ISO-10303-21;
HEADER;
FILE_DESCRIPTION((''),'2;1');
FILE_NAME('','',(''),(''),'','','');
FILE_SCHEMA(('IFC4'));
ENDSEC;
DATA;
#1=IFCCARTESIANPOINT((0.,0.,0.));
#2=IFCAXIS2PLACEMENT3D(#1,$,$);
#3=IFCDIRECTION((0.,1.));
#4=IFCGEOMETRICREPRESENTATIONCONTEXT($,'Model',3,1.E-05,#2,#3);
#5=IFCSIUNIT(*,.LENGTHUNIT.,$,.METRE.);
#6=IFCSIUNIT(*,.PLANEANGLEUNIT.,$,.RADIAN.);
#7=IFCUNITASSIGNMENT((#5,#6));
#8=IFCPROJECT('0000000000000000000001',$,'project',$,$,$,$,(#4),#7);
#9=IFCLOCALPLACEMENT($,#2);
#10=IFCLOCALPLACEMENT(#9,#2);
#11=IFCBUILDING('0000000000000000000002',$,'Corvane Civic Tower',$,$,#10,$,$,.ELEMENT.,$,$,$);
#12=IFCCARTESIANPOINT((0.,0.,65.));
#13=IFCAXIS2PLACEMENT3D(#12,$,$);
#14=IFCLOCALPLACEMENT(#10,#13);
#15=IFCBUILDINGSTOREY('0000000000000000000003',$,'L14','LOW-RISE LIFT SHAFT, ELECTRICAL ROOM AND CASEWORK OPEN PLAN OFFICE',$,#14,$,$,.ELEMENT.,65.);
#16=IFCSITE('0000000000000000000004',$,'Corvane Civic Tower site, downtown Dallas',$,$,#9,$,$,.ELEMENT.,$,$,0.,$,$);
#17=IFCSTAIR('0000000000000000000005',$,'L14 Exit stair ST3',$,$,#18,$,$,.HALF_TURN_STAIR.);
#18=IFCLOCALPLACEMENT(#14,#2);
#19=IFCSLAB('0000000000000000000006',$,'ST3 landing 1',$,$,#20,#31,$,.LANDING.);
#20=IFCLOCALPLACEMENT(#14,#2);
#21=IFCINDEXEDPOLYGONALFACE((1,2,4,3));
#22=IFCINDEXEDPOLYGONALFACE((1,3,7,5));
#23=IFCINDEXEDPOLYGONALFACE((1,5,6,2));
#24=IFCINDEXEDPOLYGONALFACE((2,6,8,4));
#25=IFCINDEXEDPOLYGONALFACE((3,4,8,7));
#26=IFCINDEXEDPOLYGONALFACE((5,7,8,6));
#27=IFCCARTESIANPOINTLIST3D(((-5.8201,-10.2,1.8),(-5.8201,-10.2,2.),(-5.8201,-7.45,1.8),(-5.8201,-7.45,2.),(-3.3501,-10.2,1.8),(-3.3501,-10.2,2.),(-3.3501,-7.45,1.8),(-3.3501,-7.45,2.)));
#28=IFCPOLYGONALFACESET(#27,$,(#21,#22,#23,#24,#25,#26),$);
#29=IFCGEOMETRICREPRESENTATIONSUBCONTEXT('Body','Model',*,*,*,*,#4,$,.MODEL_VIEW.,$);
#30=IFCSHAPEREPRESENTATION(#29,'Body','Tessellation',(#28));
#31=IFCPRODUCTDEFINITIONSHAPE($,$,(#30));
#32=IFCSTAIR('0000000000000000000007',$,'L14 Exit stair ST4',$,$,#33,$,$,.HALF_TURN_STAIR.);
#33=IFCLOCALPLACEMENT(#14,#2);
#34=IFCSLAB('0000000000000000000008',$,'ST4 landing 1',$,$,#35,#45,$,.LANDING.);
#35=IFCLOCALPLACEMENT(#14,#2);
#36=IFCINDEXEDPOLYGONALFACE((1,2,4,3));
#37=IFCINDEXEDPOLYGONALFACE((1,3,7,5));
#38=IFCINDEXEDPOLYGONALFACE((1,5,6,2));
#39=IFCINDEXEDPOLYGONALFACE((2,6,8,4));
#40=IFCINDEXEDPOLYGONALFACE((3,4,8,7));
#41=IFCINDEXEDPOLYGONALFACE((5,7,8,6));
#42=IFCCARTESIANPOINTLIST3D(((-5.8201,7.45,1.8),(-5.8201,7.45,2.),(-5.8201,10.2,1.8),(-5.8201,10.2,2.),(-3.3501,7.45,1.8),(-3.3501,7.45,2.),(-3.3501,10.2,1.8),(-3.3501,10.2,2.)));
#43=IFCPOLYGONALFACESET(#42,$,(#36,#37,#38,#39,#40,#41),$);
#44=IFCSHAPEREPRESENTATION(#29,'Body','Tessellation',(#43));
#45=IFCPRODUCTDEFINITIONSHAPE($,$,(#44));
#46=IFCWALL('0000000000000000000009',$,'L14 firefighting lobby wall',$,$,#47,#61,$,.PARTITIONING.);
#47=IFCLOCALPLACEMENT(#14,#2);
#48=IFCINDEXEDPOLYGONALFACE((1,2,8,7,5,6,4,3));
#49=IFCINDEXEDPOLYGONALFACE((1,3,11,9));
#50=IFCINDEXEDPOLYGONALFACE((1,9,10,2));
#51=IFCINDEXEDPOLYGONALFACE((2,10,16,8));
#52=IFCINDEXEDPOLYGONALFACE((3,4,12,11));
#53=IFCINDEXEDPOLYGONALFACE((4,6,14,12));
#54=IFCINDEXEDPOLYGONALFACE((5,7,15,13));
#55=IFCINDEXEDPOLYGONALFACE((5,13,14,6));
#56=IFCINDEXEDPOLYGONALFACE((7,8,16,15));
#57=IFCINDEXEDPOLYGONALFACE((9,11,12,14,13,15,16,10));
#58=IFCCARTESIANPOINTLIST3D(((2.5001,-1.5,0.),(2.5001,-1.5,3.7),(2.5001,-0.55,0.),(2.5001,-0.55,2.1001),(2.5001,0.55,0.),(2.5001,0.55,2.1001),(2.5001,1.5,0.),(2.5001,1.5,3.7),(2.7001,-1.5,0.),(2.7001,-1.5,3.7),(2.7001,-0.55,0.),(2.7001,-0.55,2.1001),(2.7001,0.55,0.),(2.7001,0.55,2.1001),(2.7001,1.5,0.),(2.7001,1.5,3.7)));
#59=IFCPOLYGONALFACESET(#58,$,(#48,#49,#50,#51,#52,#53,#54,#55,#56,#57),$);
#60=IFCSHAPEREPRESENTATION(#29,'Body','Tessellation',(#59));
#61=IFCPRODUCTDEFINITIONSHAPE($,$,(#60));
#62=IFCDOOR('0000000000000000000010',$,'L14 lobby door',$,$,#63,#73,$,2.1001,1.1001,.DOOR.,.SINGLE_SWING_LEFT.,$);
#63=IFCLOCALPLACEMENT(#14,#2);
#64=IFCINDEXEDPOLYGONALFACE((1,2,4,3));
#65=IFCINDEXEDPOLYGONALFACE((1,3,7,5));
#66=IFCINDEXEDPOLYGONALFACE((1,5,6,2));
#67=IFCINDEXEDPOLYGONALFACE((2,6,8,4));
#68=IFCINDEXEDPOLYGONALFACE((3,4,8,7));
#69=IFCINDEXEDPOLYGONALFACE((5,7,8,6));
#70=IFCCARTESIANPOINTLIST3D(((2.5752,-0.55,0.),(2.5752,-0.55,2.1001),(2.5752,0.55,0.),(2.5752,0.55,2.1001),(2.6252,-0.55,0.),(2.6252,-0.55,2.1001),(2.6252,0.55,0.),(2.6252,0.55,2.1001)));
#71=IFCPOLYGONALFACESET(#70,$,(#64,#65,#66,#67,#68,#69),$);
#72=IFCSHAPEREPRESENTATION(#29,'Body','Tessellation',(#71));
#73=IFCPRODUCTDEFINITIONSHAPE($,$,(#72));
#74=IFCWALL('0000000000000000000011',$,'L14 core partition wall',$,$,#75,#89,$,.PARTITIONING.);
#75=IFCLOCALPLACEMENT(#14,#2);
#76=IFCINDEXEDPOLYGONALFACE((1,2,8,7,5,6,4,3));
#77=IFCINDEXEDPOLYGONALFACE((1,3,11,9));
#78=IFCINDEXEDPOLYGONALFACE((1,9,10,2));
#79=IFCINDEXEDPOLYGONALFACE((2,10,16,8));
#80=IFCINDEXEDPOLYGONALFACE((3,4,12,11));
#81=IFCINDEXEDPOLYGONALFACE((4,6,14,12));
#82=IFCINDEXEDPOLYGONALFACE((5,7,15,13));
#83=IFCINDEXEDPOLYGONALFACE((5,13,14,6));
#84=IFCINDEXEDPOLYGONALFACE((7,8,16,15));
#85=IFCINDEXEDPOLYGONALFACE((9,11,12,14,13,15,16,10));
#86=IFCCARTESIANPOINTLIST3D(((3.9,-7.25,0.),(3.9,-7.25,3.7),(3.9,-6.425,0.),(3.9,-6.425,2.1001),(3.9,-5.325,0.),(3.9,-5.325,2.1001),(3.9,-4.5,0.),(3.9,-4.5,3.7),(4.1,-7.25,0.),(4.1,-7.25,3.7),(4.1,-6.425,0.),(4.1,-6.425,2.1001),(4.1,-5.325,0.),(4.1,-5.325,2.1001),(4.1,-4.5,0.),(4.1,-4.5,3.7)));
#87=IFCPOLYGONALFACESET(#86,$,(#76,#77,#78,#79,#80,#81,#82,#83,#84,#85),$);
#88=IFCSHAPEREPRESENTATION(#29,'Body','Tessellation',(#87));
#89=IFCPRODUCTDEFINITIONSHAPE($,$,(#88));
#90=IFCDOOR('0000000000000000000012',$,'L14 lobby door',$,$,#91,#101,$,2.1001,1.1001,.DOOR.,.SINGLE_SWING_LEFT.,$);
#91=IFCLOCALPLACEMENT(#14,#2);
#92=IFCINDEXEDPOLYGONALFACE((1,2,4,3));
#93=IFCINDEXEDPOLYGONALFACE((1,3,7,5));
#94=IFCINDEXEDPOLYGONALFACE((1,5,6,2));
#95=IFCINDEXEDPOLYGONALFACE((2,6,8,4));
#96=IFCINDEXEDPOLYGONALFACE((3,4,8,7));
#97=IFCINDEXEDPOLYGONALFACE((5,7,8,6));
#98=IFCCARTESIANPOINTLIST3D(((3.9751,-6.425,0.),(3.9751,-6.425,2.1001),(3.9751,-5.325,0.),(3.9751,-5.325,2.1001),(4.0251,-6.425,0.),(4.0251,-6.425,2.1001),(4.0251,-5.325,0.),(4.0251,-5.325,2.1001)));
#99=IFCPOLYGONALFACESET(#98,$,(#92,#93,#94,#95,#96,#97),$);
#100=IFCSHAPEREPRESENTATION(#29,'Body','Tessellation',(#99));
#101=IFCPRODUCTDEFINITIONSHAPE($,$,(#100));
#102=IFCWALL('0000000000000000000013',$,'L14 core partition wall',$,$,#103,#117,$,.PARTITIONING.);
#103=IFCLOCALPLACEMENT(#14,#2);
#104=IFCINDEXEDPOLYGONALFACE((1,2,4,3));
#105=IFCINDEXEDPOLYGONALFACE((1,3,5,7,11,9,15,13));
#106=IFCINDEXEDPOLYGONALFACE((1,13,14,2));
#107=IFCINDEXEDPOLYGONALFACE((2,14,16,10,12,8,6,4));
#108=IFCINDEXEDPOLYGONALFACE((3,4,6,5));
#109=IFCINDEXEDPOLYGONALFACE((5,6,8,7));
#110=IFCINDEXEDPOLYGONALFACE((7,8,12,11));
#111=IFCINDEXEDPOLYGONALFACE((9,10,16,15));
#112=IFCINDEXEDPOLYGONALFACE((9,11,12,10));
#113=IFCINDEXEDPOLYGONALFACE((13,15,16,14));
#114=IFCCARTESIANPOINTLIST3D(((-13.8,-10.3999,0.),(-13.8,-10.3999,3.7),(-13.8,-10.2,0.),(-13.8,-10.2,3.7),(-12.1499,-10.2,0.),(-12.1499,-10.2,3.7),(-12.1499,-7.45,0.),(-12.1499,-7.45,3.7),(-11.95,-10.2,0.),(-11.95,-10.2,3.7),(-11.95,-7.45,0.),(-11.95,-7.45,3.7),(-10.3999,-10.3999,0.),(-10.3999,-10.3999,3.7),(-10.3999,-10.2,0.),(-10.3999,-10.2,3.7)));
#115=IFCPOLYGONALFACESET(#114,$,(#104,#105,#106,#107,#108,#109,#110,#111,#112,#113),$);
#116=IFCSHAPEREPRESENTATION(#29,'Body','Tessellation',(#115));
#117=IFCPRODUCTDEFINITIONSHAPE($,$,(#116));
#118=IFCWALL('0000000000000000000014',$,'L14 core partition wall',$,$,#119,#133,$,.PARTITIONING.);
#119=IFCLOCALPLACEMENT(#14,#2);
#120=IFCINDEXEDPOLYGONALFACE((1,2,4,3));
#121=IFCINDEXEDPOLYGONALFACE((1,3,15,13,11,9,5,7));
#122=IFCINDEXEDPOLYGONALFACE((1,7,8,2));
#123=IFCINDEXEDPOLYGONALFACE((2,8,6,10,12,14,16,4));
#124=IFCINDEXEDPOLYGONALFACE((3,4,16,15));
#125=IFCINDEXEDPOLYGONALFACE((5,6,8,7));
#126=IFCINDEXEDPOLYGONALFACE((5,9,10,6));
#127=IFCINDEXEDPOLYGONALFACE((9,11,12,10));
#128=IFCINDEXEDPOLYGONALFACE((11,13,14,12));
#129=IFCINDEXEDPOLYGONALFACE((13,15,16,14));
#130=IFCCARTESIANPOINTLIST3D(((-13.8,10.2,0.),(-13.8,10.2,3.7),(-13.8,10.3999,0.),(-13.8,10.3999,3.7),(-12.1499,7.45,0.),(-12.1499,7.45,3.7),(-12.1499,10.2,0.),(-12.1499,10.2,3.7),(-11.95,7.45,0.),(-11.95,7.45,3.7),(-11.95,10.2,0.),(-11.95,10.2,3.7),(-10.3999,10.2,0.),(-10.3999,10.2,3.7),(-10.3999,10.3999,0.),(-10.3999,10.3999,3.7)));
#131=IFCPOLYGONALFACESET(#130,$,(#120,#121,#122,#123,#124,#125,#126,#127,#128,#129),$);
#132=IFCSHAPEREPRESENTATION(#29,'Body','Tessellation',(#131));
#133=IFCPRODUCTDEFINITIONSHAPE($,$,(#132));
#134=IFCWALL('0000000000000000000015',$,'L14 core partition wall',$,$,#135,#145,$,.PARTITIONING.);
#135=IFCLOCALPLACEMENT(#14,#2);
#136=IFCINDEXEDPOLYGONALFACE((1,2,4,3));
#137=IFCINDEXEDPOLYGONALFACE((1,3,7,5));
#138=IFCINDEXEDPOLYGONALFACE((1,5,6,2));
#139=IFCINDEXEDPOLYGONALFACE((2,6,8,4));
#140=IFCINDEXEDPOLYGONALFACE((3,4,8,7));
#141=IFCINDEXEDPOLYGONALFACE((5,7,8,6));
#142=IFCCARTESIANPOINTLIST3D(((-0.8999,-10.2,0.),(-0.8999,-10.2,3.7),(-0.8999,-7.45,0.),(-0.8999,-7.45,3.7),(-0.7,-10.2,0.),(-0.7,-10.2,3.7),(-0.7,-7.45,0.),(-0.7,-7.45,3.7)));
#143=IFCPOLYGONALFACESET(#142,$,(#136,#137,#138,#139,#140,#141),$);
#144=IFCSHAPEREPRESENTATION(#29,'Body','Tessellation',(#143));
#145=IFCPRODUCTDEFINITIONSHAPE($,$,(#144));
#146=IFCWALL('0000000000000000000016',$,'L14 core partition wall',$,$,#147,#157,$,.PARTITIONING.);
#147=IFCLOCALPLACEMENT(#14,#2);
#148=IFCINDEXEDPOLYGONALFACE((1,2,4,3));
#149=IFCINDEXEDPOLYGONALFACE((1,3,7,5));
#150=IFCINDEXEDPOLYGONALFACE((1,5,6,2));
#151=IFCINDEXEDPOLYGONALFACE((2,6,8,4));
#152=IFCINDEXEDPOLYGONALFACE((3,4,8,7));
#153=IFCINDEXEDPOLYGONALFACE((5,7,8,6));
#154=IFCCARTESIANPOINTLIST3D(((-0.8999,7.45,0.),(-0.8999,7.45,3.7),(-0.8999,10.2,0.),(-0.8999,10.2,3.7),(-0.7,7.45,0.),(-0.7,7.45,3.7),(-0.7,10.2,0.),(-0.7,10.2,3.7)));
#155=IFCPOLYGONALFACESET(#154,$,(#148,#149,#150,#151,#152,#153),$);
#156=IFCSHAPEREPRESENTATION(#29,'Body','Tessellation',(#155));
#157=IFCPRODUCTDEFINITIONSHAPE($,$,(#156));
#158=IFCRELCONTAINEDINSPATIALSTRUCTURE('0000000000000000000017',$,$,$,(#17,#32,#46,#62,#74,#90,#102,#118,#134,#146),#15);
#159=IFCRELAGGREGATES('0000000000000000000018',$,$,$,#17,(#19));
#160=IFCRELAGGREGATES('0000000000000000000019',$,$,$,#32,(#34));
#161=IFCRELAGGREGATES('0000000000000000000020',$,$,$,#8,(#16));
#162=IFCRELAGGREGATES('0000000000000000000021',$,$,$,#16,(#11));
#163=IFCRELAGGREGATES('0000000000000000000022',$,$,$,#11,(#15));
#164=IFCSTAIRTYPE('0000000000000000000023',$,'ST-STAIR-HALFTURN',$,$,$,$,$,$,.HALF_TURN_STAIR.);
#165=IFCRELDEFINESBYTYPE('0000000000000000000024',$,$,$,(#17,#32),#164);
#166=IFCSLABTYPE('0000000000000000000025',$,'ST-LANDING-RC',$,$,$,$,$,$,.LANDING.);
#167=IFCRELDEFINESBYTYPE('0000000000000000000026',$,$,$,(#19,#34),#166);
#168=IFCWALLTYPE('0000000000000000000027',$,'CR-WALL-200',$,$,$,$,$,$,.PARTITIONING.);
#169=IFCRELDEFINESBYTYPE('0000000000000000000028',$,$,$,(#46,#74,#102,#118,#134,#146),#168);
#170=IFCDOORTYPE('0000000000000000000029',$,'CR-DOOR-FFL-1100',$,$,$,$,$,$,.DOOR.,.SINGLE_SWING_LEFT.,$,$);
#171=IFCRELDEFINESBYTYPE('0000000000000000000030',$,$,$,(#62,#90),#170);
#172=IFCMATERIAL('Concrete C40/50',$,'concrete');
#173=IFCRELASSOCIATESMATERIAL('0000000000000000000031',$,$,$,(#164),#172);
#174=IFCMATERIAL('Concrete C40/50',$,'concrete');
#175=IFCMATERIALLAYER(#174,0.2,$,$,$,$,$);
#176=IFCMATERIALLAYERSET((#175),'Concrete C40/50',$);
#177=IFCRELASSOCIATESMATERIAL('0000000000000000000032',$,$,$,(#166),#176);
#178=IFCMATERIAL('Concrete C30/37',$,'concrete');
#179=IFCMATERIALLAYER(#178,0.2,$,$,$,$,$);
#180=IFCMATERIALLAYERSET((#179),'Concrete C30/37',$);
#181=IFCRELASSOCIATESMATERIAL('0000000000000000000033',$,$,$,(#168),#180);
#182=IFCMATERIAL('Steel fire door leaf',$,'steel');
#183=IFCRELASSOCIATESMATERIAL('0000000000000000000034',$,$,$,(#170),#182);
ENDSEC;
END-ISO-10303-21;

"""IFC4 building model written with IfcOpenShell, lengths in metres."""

from ifc_helpers import new_model, si_unit, direction, frame, frame_2d, origin, place, context, subcontext, project, spatial, polyline, rectangle, outline, extrude, material, layer, layer_set, type_object, element, fill, aggregate, save


model = new_model("IFC4")

# Units and contexts
model_context = context("Model", 3, precision=1e-05, world=origin(), true_north=direction((0.0, 1.0)))
body_context = subcontext(model_context, "Body", "Model", "MODEL_VIEW")
ifc_project = project(units=[si_unit("LENGTHUNIT", "METRE"), si_unit("PLANEANGLEUNIT", "RADIAN")], contexts=[model_context])

# Site, building, storey
site_placement = place(None, origin())
site = spatial("IfcSite", under=ifc_project, at=site_placement, Name="Corvane Civic Tower site, downtown Dallas", CompositionType="ELEMENT", RefElevation=0.0)
building_placement = place(site_placement, origin())
building = spatial("IfcBuilding", under=site, at=building_placement, Name="Corvane Civic Tower", CompositionType="ELEMENT")
storey_placement = place(building_placement, frame((0.0, 0.0, 65.0)))
storey = spatial("IfcBuildingStorey", under=building, at=storey_placement, Name="L14", Description="LOW-RISE LIFT SHAFT, ELECTRICAL ROOM AND CASEWORK OPEN PLAN OFFICE", CompositionType="ELEMENT", Elevation=65.0)

# Stairs, slabs
ifc_material_1 = material(Name="Concrete C40/50", Category="concrete")
stair_type = type_object("IfcStairType", Name="ST-STAIR-HALFTURN", PredefinedType="HALF_TURN_STAIR", material=ifc_material_1)
stair_1_placement = place(storey_placement, origin())
stair_1 = element("IfcStair", 1, at=stair_1_placement, inside=storey, type_object=stair_type, Name="L14 Exit stair ST3", PredefinedType="HALF_TURN_STAIR")
ifc_material_2 = material(Name="Concrete C40/50", Category="concrete")
ifc_layer_1 = layer(ifc_material_2, 0.2)
ifc_layer_set_1 = layer_set([ifc_layer_1], Name="Concrete C40/50")
slab_type = type_object("IfcSlabType", Name="ST-LANDING-RC", PredefinedType="LANDING", material=ifc_layer_set_1)
slab_1_placement = place(storey_placement, frame((0.0, 0.0, 1.8)))
slab_1 = element("IfcSlab", 2, at=slab_1_placement, type_object=slab_type, Name="ST3 landing 1", PredefinedType="LANDING", context=body_context, shape_type="SweptSolid", body=[
    extrude(outline(polyline([(-5.8201, -10.2), (-3.3501, -10.2), (-3.3501, -7.45), (-5.8201, -7.45), (-5.8201, -10.2)])), origin(), (0.0, 0.0, 1.0), 0.2),
])
aggregate(stair_1, [slab_1])
stair_2_placement = place(storey_placement, origin())
stair_2 = element("IfcStair", 3, at=stair_2_placement, inside=storey, type_object=stair_type, Name="L14 Exit stair ST4", PredefinedType="HALF_TURN_STAIR")
slab_2_placement = place(storey_placement, frame((0.0, 0.0, 1.8)))
slab_2 = element("IfcSlab", 4, at=slab_2_placement, type_object=slab_type, Name="ST4 landing 1", PredefinedType="LANDING", context=body_context, shape_type="SweptSolid", body=[
    extrude(outline(polyline([(-5.8201, 7.45), (-3.3501, 7.45), (-3.3501, 10.2), (-5.8201, 10.2), (-5.8201, 7.45)])), origin(), (0.0, 0.0, 1.0), 0.2),
])
aggregate(stair_2, [slab_2])

# Walls, openings, doors
ifc_material_3 = material(Name="Concrete C30/37", Category="concrete")
ifc_layer_2 = layer(ifc_material_3, 0.2)
ifc_layer_set_2 = layer_set([ifc_layer_2], Name="Concrete C30/37")
wall_type_1 = type_object("IfcWallType", Name="CR-WALL-200", PredefinedType="PARTITIONING", material=ifc_layer_set_2)
wall_1_placement = place(storey_placement, frame((2.6001, -1.5, 0.0), z_axis=(0.0, 0.0, 1.0), x_axis=(0.0, 1.0, 0.0)))
wall_1 = element("IfcWall", 5, at=wall_1_placement, inside=storey, type_object=wall_type_1, Name="L14 firefighting lobby wall", PredefinedType="PARTITIONING", context=body_context, shape_type="SweptSolid", body=[
    extrude(rectangle(XDim=3.0, YDim=0.2, at=frame_2d((1.5, 0.0))), origin(), (0.0, 0.0, 1.0), 3.7),
])
opening_1_placement = place(wall_1_placement, frame((0.95, 0.0, 0.0)))
opening_1 = element("IfcOpeningElement", 6, at=opening_1_placement, cuts=wall_1, PredefinedType="OPENING", context=body_context, shape_type="SweptSolid", body=[
    extrude(rectangle(XDim=1.1001, YDim=2.1001, at=frame_2d((0.55, 1.05))), frame((0.0, 0.1099, 0.0), z_axis=(0.0, -1.0, 0.0), x_axis=(1.0, 0.0, 0.0)), (0.0, 0.0, 1.0), 0.22),
])
ifc_material_4 = material(Name="Steel fire door leaf", Category="steel")
door_type_1 = type_object("IfcDoorType", Name="CR-DOOR-FFL-1100", OperationType="SINGLE_SWING_LEFT", PredefinedType="DOOR", material=ifc_material_4)
door_1_placement = place(opening_1_placement, origin())
door_1 = element("IfcDoor", 7, at=door_1_placement, inside=storey, type_object=door_type_1, Name="L14 lobby door", OperationType="SINGLE_SWING_LEFT", OverallHeight=2.1001, OverallWidth=1.1001, PredefinedType="DOOR", context=body_context, shape_type="SweptSolid", body=[
    extrude(rectangle(XDim=1.1001, YDim=2.1001, at=frame_2d((0.55, 1.05))), frame((0.0, 0.0249, 0.0), z_axis=(0.0, -1.0, 0.0), x_axis=(1.0, 0.0, 0.0)), (0.0, 0.0, 1.0), 0.05),
])
fill(opening_1, door_1)
wall_2_placement = place(storey_placement, frame((4.0, -7.25, 0.0), z_axis=(0.0, 0.0, 1.0), x_axis=(0.0, 1.0, 0.0)))
wall_2 = element("IfcWall", 8, at=wall_2_placement, inside=storey, type_object=wall_type_1, Name="L14 core partition wall", PredefinedType="PARTITIONING", context=body_context, shape_type="SweptSolid", body=[
    extrude(rectangle(XDim=2.75, YDim=0.2, at=frame_2d((1.375, 0.0))), origin(), (0.0, 0.0, 1.0), 3.7),
])
opening_2_placement = place(wall_2_placement, frame((0.825, 0.0, 0.0)))
opening_2 = element("IfcOpeningElement", 9, at=opening_2_placement, cuts=wall_2, PredefinedType="OPENING", context=body_context, shape_type="SweptSolid", body=[
    extrude(rectangle(XDim=1.1001, YDim=2.1001, at=frame_2d((0.55, 1.05))), frame((0.0, 0.1099, 0.0), z_axis=(0.0, -1.0, 0.0), x_axis=(1.0, 0.0, 0.0)), (0.0, 0.0, 1.0), 0.22),
])
door_2_placement = place(opening_2_placement, origin())
door_2 = element("IfcDoor", 10, at=door_2_placement, inside=storey, type_object=door_type_1, Name="L14 lobby door", OperationType="SINGLE_SWING_LEFT", OverallHeight=2.1001, OverallWidth=1.1001, PredefinedType="DOOR", context=body_context, shape_type="SweptSolid", body=[
    extrude(rectangle(XDim=1.1001, YDim=2.1001, at=frame_2d((0.55, 1.05))), frame((0.0, 0.0249, 0.0), z_axis=(0.0, -1.0, 0.0), x_axis=(1.0, 0.0, 0.0)), (0.0, 0.0, 1.0), 0.05),
])
fill(opening_2, door_2)

# Walls
wall_3_placement = place(storey_placement, origin())
element("IfcWall", 11, at=wall_3_placement, inside=storey, type_object=wall_type_1, Name="L14 core partition wall", PredefinedType="PARTITIONING", context=body_context, shape_type="SweptSolid", body=[
    extrude(outline(polyline([(-12.1499, -7.45), (-11.95, -7.45), (-11.95, -10.2), (-10.3999, -10.2), (-10.3999, -10.3999), (-13.8, -10.3999), (-13.8, -10.2), (-12.1499, -10.2), (-12.1499, -7.45)])), origin(), (0.0, 0.0, 1.0), 3.7),
])
wall_4_placement = place(storey_placement, origin())
element("IfcWall", 12, at=wall_4_placement, inside=storey, type_object=wall_type_1, Name="L14 core partition wall", PredefinedType="PARTITIONING", context=body_context, shape_type="SweptSolid", body=[
    extrude(outline(polyline([(-13.8, 10.3999), (-10.3999, 10.3999), (-10.3999, 10.2), (-11.95, 10.2), (-11.95, 7.45), (-12.1499, 7.45), (-12.1499, 10.2), (-13.8, 10.2), (-13.8, 10.3999)])), origin(), (0.0, 0.0, 1.0), 3.7),
])
wall_5_placement = place(storey_placement, origin())
element("IfcWall", 13, at=wall_5_placement, inside=storey, type_object=wall_type_1, Name="L14 core partition wall", PredefinedType="PARTITIONING", context=body_context, shape_type="SweptSolid", body=[
    extrude(outline(polyline([(-0.7, -10.2), (-0.8999, -10.2), (-0.8999, -7.45), (-0.7, -7.45), (-0.7, -10.2)])), origin(), (0.0, 0.0, 1.0), 3.7),
])
wall_6_placement = place(storey_placement, origin())
element("IfcWall", 14, at=wall_6_placement, inside=storey, type_object=wall_type_1, Name="L14 core partition wall", PredefinedType="PARTITIONING", context=body_context, shape_type="SweptSolid", body=[
    extrude(outline(polyline([(-0.7, 7.45), (-0.8999, 7.45), (-0.8999, 10.2), (-0.7, 10.2), (-0.7, 7.45)])), origin(), (0.0, 0.0, 1.0), 3.7),
])

save(model, "model.ifc")
